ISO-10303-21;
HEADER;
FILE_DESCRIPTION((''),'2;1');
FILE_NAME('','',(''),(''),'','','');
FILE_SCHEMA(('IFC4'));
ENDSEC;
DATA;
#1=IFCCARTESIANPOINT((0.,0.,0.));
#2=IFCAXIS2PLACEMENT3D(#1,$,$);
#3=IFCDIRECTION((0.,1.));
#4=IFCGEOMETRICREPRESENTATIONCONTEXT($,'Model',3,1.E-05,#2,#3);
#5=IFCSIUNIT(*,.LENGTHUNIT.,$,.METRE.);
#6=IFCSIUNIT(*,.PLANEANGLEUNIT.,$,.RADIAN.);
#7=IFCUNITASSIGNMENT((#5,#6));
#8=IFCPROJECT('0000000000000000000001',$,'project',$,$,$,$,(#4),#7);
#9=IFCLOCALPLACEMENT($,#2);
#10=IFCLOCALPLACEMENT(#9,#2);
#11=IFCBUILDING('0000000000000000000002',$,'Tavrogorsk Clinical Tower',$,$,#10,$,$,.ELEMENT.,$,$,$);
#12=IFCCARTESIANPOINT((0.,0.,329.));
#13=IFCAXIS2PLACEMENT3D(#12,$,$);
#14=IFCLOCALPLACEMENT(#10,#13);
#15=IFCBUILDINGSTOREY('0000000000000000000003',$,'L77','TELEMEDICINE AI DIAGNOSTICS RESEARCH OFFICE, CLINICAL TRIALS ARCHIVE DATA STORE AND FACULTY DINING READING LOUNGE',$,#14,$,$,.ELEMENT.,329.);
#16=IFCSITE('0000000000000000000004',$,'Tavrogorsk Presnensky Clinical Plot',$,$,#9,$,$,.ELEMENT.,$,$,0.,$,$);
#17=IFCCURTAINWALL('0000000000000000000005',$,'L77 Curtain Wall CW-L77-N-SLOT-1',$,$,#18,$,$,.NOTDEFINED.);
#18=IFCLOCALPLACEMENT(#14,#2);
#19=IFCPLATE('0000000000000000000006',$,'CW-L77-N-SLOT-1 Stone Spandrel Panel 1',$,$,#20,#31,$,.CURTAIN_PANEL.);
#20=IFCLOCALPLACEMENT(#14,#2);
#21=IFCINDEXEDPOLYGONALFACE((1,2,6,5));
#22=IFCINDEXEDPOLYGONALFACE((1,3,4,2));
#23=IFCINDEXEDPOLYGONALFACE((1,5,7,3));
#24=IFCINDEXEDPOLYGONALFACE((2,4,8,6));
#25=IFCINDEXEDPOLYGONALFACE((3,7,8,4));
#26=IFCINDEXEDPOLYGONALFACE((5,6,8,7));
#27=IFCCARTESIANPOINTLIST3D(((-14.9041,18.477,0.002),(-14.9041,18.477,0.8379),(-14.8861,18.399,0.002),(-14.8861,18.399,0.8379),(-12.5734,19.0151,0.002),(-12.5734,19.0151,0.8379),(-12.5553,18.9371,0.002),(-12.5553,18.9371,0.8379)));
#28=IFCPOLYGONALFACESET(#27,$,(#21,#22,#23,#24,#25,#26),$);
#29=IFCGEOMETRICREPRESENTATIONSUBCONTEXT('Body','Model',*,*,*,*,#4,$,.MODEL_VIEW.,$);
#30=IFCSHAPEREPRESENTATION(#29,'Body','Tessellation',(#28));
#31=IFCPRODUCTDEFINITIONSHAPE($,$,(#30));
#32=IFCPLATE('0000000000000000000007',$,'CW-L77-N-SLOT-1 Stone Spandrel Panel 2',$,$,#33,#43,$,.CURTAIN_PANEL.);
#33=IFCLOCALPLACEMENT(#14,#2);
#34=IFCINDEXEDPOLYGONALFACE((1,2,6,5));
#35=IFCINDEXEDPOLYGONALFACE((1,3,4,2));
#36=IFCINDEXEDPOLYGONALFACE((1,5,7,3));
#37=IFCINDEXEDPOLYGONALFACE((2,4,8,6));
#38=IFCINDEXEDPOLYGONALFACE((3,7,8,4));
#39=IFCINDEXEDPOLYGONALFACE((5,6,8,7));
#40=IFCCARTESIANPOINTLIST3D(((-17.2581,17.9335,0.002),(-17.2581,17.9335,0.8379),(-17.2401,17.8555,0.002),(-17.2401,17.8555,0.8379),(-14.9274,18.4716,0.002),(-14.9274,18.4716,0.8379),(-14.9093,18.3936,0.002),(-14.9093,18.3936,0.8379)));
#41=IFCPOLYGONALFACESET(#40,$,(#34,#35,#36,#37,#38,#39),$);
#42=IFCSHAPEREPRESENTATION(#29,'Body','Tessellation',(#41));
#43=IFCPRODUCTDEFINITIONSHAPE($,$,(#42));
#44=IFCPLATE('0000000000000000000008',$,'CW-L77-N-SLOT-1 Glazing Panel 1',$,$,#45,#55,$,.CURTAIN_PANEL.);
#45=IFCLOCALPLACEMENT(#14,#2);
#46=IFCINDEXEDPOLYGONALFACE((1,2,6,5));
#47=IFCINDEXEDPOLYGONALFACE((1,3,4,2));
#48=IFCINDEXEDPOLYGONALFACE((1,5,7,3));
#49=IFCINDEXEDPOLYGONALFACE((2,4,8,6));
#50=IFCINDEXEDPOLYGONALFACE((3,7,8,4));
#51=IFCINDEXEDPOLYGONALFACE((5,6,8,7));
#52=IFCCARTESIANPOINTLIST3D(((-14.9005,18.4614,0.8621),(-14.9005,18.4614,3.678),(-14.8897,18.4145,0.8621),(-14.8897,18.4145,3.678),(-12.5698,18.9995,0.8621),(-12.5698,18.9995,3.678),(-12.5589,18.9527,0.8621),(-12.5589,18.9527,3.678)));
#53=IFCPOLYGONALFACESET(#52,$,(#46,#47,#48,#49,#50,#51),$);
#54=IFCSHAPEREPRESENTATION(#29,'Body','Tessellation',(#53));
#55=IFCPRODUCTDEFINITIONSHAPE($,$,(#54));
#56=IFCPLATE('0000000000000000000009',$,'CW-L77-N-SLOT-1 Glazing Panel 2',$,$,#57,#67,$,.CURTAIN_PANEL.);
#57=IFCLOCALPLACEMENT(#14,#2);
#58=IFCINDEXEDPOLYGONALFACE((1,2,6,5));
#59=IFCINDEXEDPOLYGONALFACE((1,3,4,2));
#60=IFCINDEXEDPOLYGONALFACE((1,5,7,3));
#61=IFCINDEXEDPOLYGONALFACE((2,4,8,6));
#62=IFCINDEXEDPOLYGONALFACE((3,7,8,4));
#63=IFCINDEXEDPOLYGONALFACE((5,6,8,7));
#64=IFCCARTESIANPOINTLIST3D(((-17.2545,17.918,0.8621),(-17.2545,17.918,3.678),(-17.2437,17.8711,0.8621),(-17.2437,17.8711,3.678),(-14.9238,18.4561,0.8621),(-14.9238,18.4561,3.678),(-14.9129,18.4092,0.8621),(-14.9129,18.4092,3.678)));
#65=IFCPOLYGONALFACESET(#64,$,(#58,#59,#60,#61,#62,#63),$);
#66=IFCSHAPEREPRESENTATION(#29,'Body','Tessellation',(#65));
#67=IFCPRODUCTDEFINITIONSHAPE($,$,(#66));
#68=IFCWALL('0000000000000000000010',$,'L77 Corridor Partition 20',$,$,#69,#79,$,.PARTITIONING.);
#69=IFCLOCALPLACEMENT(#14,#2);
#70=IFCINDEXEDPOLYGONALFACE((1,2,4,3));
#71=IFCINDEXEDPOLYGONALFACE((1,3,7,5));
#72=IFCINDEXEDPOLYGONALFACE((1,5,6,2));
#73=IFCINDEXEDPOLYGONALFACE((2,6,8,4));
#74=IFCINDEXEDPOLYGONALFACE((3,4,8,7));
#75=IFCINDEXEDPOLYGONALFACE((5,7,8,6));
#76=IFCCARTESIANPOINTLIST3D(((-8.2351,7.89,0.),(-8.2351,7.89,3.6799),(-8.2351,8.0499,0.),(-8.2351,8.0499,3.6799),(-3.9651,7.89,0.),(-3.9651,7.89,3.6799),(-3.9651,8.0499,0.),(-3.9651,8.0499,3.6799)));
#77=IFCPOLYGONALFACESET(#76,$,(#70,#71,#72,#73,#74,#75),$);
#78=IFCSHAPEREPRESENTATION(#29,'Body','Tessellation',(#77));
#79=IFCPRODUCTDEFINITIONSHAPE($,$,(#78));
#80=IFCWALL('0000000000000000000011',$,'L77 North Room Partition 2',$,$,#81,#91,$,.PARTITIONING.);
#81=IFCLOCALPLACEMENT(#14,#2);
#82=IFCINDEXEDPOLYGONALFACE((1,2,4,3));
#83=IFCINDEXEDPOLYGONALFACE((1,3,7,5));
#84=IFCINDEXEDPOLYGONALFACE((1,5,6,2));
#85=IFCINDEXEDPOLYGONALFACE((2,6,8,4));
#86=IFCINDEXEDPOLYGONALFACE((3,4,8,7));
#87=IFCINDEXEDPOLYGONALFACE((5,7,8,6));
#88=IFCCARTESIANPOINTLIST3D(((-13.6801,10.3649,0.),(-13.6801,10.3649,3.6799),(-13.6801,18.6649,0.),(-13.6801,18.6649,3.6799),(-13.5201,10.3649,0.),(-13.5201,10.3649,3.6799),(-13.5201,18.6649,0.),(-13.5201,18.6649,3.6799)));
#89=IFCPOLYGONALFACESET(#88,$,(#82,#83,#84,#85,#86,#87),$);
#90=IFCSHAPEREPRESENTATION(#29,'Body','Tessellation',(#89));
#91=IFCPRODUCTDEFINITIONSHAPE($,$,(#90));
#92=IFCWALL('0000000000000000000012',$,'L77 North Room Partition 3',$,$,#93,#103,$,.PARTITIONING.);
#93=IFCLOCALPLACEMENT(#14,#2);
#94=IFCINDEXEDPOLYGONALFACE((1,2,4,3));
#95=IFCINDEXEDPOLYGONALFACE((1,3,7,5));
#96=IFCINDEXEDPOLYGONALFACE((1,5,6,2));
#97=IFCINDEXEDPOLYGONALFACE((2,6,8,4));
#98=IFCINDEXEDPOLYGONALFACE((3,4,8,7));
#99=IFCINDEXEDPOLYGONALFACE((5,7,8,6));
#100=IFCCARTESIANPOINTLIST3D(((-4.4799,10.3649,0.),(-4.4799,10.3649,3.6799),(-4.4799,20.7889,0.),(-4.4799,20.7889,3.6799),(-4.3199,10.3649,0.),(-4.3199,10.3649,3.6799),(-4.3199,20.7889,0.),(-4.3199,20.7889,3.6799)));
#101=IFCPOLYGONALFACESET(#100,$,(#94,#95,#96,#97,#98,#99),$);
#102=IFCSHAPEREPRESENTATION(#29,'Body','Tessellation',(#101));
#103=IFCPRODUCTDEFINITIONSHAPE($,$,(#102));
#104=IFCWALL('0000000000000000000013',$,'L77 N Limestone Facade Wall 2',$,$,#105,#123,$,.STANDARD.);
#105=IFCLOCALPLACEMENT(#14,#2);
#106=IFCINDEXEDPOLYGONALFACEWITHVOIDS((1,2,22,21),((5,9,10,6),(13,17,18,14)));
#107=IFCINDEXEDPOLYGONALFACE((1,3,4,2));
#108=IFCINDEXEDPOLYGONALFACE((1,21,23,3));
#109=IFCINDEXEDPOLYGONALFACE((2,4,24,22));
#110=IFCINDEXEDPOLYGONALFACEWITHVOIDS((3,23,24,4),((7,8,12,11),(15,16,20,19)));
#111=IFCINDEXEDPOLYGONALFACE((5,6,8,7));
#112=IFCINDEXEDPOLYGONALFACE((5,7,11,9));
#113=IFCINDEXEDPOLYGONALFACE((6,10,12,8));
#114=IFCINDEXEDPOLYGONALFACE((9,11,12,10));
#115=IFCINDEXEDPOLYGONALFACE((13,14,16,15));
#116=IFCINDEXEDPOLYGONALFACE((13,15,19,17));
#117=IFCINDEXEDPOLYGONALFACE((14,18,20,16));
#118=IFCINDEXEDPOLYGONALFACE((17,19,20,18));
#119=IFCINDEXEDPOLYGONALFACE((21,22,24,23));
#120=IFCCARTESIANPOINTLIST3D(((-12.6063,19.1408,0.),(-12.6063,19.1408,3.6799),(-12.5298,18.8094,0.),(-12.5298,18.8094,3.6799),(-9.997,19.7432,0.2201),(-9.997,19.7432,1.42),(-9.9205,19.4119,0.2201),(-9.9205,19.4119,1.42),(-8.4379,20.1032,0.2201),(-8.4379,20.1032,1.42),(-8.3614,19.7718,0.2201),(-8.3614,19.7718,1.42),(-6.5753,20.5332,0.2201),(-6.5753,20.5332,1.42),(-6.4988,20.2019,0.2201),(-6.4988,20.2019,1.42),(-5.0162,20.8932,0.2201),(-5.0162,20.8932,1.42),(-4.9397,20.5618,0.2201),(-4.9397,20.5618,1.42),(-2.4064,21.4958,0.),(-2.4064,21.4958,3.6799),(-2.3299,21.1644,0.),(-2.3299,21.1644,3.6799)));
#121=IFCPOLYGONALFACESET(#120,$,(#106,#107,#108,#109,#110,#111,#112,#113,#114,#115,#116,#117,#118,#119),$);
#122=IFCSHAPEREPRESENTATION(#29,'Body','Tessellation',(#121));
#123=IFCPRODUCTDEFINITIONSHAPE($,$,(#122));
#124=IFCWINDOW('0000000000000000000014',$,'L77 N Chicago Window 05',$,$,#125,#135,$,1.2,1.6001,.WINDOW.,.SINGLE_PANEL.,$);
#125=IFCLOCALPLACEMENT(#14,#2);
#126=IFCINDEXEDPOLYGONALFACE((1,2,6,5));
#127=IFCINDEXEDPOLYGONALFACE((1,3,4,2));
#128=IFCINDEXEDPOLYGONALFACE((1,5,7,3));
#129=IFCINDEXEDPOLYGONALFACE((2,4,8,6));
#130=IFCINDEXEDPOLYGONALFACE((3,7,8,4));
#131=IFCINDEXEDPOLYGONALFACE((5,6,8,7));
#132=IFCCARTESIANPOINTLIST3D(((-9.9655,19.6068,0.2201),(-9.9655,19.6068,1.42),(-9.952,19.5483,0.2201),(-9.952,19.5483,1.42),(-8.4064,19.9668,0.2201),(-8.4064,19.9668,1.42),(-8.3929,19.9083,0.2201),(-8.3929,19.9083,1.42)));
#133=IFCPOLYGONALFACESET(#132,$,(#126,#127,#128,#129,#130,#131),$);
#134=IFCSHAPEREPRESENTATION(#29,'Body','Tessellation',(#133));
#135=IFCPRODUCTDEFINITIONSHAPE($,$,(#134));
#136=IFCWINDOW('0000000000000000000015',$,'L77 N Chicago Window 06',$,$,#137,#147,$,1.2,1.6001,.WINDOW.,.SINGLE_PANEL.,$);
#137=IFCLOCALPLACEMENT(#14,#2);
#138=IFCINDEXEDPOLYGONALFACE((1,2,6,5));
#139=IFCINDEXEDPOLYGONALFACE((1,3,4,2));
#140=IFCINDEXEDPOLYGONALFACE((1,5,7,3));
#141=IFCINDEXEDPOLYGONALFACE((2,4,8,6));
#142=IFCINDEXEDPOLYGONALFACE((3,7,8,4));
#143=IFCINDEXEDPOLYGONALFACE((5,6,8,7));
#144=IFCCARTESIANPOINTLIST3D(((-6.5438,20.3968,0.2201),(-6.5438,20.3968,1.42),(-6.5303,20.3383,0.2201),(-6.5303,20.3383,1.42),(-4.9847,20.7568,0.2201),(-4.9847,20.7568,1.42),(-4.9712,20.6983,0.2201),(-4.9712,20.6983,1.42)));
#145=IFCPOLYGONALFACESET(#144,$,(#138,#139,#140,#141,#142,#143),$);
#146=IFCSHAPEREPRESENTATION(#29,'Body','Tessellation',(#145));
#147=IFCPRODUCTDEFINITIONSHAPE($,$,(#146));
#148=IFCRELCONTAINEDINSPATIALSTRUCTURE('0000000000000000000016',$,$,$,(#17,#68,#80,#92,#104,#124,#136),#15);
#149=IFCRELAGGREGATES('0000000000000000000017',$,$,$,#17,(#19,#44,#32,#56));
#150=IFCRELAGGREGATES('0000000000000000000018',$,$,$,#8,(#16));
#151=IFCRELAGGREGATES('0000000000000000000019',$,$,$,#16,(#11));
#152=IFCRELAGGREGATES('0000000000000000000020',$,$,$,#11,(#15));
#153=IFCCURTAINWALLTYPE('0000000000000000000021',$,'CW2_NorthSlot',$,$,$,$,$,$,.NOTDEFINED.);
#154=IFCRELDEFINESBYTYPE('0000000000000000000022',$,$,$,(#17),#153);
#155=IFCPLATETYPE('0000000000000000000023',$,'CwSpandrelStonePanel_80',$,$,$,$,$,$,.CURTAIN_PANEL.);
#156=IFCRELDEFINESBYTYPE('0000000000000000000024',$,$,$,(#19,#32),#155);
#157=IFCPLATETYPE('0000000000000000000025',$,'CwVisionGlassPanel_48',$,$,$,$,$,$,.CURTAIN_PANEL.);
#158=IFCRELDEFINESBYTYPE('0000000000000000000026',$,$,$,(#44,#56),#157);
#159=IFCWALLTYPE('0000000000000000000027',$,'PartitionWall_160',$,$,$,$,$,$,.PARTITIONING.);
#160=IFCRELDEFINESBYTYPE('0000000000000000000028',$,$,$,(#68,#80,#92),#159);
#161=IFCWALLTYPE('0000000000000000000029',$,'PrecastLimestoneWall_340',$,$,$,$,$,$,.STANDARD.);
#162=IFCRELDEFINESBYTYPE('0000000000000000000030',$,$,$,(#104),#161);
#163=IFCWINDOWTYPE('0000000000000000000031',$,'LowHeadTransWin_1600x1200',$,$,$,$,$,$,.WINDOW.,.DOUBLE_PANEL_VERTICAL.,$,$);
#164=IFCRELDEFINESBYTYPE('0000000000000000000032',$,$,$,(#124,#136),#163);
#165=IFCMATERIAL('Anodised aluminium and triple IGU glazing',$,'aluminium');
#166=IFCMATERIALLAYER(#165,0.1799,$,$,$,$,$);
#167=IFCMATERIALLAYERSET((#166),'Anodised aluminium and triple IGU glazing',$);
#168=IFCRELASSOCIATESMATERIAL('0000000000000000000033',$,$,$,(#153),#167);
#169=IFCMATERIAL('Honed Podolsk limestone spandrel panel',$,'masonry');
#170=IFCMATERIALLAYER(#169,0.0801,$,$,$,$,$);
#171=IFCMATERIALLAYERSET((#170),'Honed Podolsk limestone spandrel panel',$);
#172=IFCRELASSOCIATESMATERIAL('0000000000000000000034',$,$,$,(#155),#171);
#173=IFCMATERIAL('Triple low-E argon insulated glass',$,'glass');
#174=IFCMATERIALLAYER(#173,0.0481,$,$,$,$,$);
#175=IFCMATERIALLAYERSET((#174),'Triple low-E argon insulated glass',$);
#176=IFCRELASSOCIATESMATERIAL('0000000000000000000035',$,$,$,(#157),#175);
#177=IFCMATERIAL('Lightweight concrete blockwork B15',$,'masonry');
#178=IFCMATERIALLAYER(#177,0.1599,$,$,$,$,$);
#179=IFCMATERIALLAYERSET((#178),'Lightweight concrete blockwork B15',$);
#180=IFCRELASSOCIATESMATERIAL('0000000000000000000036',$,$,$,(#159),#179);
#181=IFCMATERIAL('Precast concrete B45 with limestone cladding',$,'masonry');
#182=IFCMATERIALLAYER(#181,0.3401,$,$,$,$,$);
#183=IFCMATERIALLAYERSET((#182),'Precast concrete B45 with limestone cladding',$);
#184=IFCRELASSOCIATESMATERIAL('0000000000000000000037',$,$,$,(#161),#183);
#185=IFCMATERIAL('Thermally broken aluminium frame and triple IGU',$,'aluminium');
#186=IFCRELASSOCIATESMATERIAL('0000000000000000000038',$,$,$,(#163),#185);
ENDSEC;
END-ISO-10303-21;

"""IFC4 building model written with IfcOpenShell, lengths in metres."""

from ifc_helpers import new_model, si_unit, direction, frame, frame_2d, origin, origin_2d, place, context, subcontext, project, spatial, rectangle, extrude, material, layer, layer_set, type_object, element, fill, aggregate, save


model = new_model("IFC4")

# Units and contexts
model_context = context("Model", 3, precision=1e-05, world=origin(), true_north=direction((0.0, 1.0)))
body_context = subcontext(model_context, "Body", "Model", "MODEL_VIEW")
ifc_project = project(units=[si_unit("LENGTHUNIT", "METRE"), si_unit("PLANEANGLEUNIT", "RADIAN")], contexts=[model_context])

# Site, building, storey
site_placement = place(None, origin())
site = spatial("IfcSite", under=ifc_project, at=site_placement, Name="Tavrogorsk Presnensky Clinical Plot", CompositionType="ELEMENT", RefElevation=0.0)
building_placement = place(site_placement, origin())
building = spatial("IfcBuilding", under=site, at=building_placement, Name="Tavrogorsk Clinical Tower", CompositionType="ELEMENT")
storey_placement = place(building_placement, frame((0.0, 0.0, 329.0)))
storey = spatial("IfcBuildingStorey", under=building, at=storey_placement, Name="L77", Description="TELEMEDICINE AI DIAGNOSTICS RESEARCH OFFICE, CLINICAL TRIALS ARCHIVE DATA STORE AND FACULTY DINING READING LOUNGE", CompositionType="ELEMENT", Elevation=329.0)

# Curtain wall
ifc_material_1 = material(Name="Anodised aluminium and triple IGU glazing", Category="aluminium")
ifc_layer_1 = layer(ifc_material_1, 0.1799)
ifc_layer_set_1 = layer_set([ifc_layer_1], Name="Anodised aluminium and triple IGU glazing")
curtain_wall_type = type_object("IfcCurtainWallType", Name="CW2_NorthSlot", PredefinedType="NOTDEFINED", material=ifc_layer_set_1)
curtain_wall_placement = place(storey_placement, origin())
curtain_wall = element("IfcCurtainWall", 1, at=curtain_wall_placement, inside=storey, type_object=curtain_wall_type, Name="L77 Curtain Wall CW-L77-N-SLOT-1", PredefinedType="NOTDEFINED")

# Plates
ifc_material_2 = material(Name="Honed Podolsk limestone spandrel panel", Category="masonry")
ifc_layer_2 = layer(ifc_material_2, 0.0801)
ifc_layer_set_2 = layer_set([ifc_layer_2], Name="Honed Podolsk limestone spandrel panel")
plate_type_1 = type_object("IfcPlateType", Name="CwSpandrelStonePanel_80", PredefinedType="CURTAIN_PANEL", material=ifc_layer_set_2)
plate_1_placement = place(storey_placement, frame((-13.7297, 18.707, 0.002), z_axis=(0.0, 0.0, 1.0), x_axis=(-0.97437, -0.224951, 0.0)))
plate_1 = element("IfcPlate", 2, at=plate_1_placement, type_object=plate_type_1, Name="CW-L77-N-SLOT-1 Stone Spandrel Panel 1", PredefinedType="CURTAIN_PANEL", context=body_context, shape_type="SweptSolid", body=[
    extrude(rectangle(XDim=2.3921, YDim=0.0801, at=origin_2d()), origin(), (0.0, 0.0, 1.0), 0.8359),
])
plate_2_placement = place(storey_placement, frame((-16.0837, 18.1636, 0.002), z_axis=(0.0, 0.0, 1.0), x_axis=(-0.97437, -0.224951, 0.0)))
plate_2 = element("IfcPlate", 3, at=plate_2_placement, type_object=plate_type_1, Name="CW-L77-N-SLOT-1 Stone Spandrel Panel 2", PredefinedType="CURTAIN_PANEL", context=body_context, shape_type="SweptSolid", body=[
    extrude(rectangle(XDim=2.3921, YDim=0.0801, at=origin_2d()), origin(), (0.0, 0.0, 1.0), 0.8359),
])
ifc_material_3 = material(Name="Triple low-E argon insulated glass", Category="glass")
ifc_layer_3 = layer(ifc_material_3, 0.0481)
ifc_layer_set_3 = layer_set([ifc_layer_3], Name="Triple low-E argon insulated glass")
plate_type_2 = type_object("IfcPlateType", Name="CwVisionGlassPanel_48", PredefinedType="CURTAIN_PANEL", material=ifc_layer_set_3)
plate_3_placement = place(storey_placement, frame((-13.7297, 18.707, 0.8621), z_axis=(0.0, 0.0, 1.0), x_axis=(-0.97437, -0.224951, 0.0)))
plate_3 = element("IfcPlate", 4, at=plate_3_placement, type_object=plate_type_2, Name="CW-L77-N-SLOT-1 Glazing Panel 1", PredefinedType="CURTAIN_PANEL", context=body_context, shape_type="SweptSolid", body=[
    extrude(rectangle(XDim=2.3921, YDim=0.0481, at=origin_2d()), origin(), (0.0, 0.0, 1.0), 2.8159),
])
plate_4_placement = place(storey_placement, frame((-16.0837, 18.1636, 0.8621), z_axis=(0.0, 0.0, 1.0), x_axis=(-0.97437, -0.224951, 0.0)))
plate_4 = element("IfcPlate", 5, at=plate_4_placement, type_object=plate_type_2, Name="CW-L77-N-SLOT-1 Glazing Panel 2", PredefinedType="CURTAIN_PANEL", context=body_context, shape_type="SweptSolid", body=[
    extrude(rectangle(XDim=2.3921, YDim=0.0481, at=origin_2d()), origin(), (0.0, 0.0, 1.0), 2.8159),
])
aggregate(curtain_wall, [plate_1, plate_3, plate_2, plate_4])

# Walls
ifc_material_4 = material(Name="Lightweight concrete blockwork B15", Category="masonry")
ifc_layer_4 = layer(ifc_material_4, 0.1599)
ifc_layer_set_4 = layer_set([ifc_layer_4], Name="Lightweight concrete blockwork B15")
wall_type_1 = type_object("IfcWallType", Name="PartitionWall_160", PredefinedType="PARTITIONING", material=ifc_layer_set_4)
wall_1_placement = place(storey_placement, frame((-3.9651, 7.97, 0.0), z_axis=(0.0, 0.0, 1.0), x_axis=(-1.0, 0.0, 0.0)))
element("IfcWall", 6, at=wall_1_placement, inside=storey, type_object=wall_type_1, Name="L77 Corridor Partition 20", PredefinedType="PARTITIONING", context=body_context, shape_type="SweptSolid", body=[
    extrude(rectangle(XDim=4.27, YDim=0.1599, at=frame_2d((2.135, 0.0))), origin(), (0.0, 0.0, 1.0), 3.6799),
])
wall_2_placement = place(storey_placement, frame((-13.6001, 10.365, 0.0), z_axis=(0.0, 0.0, 1.0), x_axis=(0.0, 1.0, 0.0)))
element("IfcWall", 7, at=wall_2_placement, inside=storey, type_object=wall_type_1, Name="L77 North Room Partition 2", PredefinedType="PARTITIONING", context=body_context, shape_type="SweptSolid", body=[
    extrude(rectangle(XDim=8.3, YDim=0.1599, at=frame_2d((4.1499, 0.0))), origin(), (0.0, 0.0, 1.0), 3.6799),
])
wall_3_placement = place(storey_placement, frame((-4.3999, 10.365, 0.0), z_axis=(0.0, 0.0, 1.0), x_axis=(0.0, 1.0, 0.0)))
element("IfcWall", 8, at=wall_3_placement, inside=storey, type_object=wall_type_1, Name="L77 North Room Partition 3", PredefinedType="PARTITIONING", context=body_context, shape_type="SweptSolid", body=[
    extrude(rectangle(XDim=10.4241, YDim=0.1599, at=frame_2d((5.2119, 0.0))), origin(), (0.0, 0.0, 1.0), 3.6799),
])

# Wall, openings, windows
ifc_material_5 = material(Name="Precast concrete B45 with limestone cladding", Category="masonry")
ifc_layer_5 = layer(ifc_material_5, 0.3401)
ifc_layer_set_5 = layer_set([ifc_layer_5], Name="Precast concrete B45 with limestone cladding")
wall_type_2 = type_object("IfcWallType", Name="PrecastLimestoneWall_340", PredefinedType="STANDARD", material=ifc_layer_set_5)
wall_4_placement = place(storey_placement, frame((-2.3682, 21.3301, 0.0), z_axis=(0.0, 0.0, 1.0), x_axis=(-0.974367, -0.224963, 0.0)))
wall_4 = element("IfcWall", 9, at=wall_4_placement, inside=storey, type_object=wall_type_2, Name="L77 N Limestone Facade Wall 2", PredefinedType="STANDARD", context=body_context, shape_type="SweptSolid", body=[
    extrude(rectangle(XDim=10.4683, YDim=0.3401, at=frame_2d((5.2341, 0.0))), origin(), (0.0, 0.0, 1.0), 3.6799),
])
opening_1_placement = place(wall_4_placement, frame((6.1902, 0.0, 0.22)))
opening_1 = element("IfcOpeningElement", 10, at=opening_1_placement, cuts=wall_4, PredefinedType="OPENING", context=body_context, shape_type="SweptSolid", body=[
    extrude(rectangle(XDim=1.6001, YDim=1.2, at=frame_2d((0.8, 0.6001))), frame((0.0, 0.1799, 0.0), z_axis=(0.0, -1.0, 0.0), x_axis=(1.0, 0.0, 0.0)), (0.0, 0.0, 1.0), 0.3601),
])
opening_2_placement = place(wall_4_placement, frame((2.6785, 0.0, 0.22)))
opening_2 = element("IfcOpeningElement", 11, at=opening_2_placement, cuts=wall_4, PredefinedType="OPENING", context=body_context, shape_type="SweptSolid", body=[
    extrude(rectangle(XDim=1.6001, YDim=1.2, at=frame_2d((0.8, 0.6001))), frame((0.0, 0.1799, 0.0), z_axis=(0.0, -1.0, 0.0), x_axis=(1.0, 0.0, 0.0)), (0.0, 0.0, 1.0), 0.3601),
])
ifc_material_6 = material(Name="Thermally broken aluminium frame and triple IGU", Category="aluminium")
window_type = type_object("IfcWindowType", Name="LowHeadTransWin_1600x1200", PartitioningType="DOUBLE_PANEL_VERTICAL", PredefinedType="WINDOW", material=ifc_material_6)
window_1_placement = place(opening_1_placement, origin())
window_1 = element("IfcWindow", 12, at=window_1_placement, inside=storey, type_object=window_type, Name="L77 N Chicago Window 05", OverallHeight=1.2, OverallWidth=1.6001, PartitioningType="SINGLE_PANEL", PredefinedType="WINDOW", context=body_context, shape_type="SweptSolid", body=[
    extrude(rectangle(XDim=1.6001, YDim=1.2, at=frame_2d((0.8, 0.6001))), frame((0.0, 0.03, 0.0), z_axis=(0.0, -1.0, 0.0), x_axis=(1.0, 0.0, 0.0)), (0.0, 0.0, 1.0), 0.0601),
])
fill(opening_1, window_1)
window_2_placement = place(opening_2_placement, origin())
window_2 = element("IfcWindow", 13, at=window_2_placement, inside=storey, type_object=window_type, Name="L77 N Chicago Window 06", OverallHeight=1.2, OverallWidth=1.6001, PartitioningType="SINGLE_PANEL", PredefinedType="WINDOW", context=body_context, shape_type="SweptSolid", body=[
    extrude(rectangle(XDim=1.6001, YDim=1.2, at=frame_2d((0.8, 0.6001))), frame((0.0, 0.03, 0.0), z_axis=(0.0, -1.0, 0.0), x_axis=(1.0, 0.0, 0.0)), (0.0, 0.0, 1.0), 0.0601),
])
fill(opening_2, window_2)

save(model, "model.ifc")
